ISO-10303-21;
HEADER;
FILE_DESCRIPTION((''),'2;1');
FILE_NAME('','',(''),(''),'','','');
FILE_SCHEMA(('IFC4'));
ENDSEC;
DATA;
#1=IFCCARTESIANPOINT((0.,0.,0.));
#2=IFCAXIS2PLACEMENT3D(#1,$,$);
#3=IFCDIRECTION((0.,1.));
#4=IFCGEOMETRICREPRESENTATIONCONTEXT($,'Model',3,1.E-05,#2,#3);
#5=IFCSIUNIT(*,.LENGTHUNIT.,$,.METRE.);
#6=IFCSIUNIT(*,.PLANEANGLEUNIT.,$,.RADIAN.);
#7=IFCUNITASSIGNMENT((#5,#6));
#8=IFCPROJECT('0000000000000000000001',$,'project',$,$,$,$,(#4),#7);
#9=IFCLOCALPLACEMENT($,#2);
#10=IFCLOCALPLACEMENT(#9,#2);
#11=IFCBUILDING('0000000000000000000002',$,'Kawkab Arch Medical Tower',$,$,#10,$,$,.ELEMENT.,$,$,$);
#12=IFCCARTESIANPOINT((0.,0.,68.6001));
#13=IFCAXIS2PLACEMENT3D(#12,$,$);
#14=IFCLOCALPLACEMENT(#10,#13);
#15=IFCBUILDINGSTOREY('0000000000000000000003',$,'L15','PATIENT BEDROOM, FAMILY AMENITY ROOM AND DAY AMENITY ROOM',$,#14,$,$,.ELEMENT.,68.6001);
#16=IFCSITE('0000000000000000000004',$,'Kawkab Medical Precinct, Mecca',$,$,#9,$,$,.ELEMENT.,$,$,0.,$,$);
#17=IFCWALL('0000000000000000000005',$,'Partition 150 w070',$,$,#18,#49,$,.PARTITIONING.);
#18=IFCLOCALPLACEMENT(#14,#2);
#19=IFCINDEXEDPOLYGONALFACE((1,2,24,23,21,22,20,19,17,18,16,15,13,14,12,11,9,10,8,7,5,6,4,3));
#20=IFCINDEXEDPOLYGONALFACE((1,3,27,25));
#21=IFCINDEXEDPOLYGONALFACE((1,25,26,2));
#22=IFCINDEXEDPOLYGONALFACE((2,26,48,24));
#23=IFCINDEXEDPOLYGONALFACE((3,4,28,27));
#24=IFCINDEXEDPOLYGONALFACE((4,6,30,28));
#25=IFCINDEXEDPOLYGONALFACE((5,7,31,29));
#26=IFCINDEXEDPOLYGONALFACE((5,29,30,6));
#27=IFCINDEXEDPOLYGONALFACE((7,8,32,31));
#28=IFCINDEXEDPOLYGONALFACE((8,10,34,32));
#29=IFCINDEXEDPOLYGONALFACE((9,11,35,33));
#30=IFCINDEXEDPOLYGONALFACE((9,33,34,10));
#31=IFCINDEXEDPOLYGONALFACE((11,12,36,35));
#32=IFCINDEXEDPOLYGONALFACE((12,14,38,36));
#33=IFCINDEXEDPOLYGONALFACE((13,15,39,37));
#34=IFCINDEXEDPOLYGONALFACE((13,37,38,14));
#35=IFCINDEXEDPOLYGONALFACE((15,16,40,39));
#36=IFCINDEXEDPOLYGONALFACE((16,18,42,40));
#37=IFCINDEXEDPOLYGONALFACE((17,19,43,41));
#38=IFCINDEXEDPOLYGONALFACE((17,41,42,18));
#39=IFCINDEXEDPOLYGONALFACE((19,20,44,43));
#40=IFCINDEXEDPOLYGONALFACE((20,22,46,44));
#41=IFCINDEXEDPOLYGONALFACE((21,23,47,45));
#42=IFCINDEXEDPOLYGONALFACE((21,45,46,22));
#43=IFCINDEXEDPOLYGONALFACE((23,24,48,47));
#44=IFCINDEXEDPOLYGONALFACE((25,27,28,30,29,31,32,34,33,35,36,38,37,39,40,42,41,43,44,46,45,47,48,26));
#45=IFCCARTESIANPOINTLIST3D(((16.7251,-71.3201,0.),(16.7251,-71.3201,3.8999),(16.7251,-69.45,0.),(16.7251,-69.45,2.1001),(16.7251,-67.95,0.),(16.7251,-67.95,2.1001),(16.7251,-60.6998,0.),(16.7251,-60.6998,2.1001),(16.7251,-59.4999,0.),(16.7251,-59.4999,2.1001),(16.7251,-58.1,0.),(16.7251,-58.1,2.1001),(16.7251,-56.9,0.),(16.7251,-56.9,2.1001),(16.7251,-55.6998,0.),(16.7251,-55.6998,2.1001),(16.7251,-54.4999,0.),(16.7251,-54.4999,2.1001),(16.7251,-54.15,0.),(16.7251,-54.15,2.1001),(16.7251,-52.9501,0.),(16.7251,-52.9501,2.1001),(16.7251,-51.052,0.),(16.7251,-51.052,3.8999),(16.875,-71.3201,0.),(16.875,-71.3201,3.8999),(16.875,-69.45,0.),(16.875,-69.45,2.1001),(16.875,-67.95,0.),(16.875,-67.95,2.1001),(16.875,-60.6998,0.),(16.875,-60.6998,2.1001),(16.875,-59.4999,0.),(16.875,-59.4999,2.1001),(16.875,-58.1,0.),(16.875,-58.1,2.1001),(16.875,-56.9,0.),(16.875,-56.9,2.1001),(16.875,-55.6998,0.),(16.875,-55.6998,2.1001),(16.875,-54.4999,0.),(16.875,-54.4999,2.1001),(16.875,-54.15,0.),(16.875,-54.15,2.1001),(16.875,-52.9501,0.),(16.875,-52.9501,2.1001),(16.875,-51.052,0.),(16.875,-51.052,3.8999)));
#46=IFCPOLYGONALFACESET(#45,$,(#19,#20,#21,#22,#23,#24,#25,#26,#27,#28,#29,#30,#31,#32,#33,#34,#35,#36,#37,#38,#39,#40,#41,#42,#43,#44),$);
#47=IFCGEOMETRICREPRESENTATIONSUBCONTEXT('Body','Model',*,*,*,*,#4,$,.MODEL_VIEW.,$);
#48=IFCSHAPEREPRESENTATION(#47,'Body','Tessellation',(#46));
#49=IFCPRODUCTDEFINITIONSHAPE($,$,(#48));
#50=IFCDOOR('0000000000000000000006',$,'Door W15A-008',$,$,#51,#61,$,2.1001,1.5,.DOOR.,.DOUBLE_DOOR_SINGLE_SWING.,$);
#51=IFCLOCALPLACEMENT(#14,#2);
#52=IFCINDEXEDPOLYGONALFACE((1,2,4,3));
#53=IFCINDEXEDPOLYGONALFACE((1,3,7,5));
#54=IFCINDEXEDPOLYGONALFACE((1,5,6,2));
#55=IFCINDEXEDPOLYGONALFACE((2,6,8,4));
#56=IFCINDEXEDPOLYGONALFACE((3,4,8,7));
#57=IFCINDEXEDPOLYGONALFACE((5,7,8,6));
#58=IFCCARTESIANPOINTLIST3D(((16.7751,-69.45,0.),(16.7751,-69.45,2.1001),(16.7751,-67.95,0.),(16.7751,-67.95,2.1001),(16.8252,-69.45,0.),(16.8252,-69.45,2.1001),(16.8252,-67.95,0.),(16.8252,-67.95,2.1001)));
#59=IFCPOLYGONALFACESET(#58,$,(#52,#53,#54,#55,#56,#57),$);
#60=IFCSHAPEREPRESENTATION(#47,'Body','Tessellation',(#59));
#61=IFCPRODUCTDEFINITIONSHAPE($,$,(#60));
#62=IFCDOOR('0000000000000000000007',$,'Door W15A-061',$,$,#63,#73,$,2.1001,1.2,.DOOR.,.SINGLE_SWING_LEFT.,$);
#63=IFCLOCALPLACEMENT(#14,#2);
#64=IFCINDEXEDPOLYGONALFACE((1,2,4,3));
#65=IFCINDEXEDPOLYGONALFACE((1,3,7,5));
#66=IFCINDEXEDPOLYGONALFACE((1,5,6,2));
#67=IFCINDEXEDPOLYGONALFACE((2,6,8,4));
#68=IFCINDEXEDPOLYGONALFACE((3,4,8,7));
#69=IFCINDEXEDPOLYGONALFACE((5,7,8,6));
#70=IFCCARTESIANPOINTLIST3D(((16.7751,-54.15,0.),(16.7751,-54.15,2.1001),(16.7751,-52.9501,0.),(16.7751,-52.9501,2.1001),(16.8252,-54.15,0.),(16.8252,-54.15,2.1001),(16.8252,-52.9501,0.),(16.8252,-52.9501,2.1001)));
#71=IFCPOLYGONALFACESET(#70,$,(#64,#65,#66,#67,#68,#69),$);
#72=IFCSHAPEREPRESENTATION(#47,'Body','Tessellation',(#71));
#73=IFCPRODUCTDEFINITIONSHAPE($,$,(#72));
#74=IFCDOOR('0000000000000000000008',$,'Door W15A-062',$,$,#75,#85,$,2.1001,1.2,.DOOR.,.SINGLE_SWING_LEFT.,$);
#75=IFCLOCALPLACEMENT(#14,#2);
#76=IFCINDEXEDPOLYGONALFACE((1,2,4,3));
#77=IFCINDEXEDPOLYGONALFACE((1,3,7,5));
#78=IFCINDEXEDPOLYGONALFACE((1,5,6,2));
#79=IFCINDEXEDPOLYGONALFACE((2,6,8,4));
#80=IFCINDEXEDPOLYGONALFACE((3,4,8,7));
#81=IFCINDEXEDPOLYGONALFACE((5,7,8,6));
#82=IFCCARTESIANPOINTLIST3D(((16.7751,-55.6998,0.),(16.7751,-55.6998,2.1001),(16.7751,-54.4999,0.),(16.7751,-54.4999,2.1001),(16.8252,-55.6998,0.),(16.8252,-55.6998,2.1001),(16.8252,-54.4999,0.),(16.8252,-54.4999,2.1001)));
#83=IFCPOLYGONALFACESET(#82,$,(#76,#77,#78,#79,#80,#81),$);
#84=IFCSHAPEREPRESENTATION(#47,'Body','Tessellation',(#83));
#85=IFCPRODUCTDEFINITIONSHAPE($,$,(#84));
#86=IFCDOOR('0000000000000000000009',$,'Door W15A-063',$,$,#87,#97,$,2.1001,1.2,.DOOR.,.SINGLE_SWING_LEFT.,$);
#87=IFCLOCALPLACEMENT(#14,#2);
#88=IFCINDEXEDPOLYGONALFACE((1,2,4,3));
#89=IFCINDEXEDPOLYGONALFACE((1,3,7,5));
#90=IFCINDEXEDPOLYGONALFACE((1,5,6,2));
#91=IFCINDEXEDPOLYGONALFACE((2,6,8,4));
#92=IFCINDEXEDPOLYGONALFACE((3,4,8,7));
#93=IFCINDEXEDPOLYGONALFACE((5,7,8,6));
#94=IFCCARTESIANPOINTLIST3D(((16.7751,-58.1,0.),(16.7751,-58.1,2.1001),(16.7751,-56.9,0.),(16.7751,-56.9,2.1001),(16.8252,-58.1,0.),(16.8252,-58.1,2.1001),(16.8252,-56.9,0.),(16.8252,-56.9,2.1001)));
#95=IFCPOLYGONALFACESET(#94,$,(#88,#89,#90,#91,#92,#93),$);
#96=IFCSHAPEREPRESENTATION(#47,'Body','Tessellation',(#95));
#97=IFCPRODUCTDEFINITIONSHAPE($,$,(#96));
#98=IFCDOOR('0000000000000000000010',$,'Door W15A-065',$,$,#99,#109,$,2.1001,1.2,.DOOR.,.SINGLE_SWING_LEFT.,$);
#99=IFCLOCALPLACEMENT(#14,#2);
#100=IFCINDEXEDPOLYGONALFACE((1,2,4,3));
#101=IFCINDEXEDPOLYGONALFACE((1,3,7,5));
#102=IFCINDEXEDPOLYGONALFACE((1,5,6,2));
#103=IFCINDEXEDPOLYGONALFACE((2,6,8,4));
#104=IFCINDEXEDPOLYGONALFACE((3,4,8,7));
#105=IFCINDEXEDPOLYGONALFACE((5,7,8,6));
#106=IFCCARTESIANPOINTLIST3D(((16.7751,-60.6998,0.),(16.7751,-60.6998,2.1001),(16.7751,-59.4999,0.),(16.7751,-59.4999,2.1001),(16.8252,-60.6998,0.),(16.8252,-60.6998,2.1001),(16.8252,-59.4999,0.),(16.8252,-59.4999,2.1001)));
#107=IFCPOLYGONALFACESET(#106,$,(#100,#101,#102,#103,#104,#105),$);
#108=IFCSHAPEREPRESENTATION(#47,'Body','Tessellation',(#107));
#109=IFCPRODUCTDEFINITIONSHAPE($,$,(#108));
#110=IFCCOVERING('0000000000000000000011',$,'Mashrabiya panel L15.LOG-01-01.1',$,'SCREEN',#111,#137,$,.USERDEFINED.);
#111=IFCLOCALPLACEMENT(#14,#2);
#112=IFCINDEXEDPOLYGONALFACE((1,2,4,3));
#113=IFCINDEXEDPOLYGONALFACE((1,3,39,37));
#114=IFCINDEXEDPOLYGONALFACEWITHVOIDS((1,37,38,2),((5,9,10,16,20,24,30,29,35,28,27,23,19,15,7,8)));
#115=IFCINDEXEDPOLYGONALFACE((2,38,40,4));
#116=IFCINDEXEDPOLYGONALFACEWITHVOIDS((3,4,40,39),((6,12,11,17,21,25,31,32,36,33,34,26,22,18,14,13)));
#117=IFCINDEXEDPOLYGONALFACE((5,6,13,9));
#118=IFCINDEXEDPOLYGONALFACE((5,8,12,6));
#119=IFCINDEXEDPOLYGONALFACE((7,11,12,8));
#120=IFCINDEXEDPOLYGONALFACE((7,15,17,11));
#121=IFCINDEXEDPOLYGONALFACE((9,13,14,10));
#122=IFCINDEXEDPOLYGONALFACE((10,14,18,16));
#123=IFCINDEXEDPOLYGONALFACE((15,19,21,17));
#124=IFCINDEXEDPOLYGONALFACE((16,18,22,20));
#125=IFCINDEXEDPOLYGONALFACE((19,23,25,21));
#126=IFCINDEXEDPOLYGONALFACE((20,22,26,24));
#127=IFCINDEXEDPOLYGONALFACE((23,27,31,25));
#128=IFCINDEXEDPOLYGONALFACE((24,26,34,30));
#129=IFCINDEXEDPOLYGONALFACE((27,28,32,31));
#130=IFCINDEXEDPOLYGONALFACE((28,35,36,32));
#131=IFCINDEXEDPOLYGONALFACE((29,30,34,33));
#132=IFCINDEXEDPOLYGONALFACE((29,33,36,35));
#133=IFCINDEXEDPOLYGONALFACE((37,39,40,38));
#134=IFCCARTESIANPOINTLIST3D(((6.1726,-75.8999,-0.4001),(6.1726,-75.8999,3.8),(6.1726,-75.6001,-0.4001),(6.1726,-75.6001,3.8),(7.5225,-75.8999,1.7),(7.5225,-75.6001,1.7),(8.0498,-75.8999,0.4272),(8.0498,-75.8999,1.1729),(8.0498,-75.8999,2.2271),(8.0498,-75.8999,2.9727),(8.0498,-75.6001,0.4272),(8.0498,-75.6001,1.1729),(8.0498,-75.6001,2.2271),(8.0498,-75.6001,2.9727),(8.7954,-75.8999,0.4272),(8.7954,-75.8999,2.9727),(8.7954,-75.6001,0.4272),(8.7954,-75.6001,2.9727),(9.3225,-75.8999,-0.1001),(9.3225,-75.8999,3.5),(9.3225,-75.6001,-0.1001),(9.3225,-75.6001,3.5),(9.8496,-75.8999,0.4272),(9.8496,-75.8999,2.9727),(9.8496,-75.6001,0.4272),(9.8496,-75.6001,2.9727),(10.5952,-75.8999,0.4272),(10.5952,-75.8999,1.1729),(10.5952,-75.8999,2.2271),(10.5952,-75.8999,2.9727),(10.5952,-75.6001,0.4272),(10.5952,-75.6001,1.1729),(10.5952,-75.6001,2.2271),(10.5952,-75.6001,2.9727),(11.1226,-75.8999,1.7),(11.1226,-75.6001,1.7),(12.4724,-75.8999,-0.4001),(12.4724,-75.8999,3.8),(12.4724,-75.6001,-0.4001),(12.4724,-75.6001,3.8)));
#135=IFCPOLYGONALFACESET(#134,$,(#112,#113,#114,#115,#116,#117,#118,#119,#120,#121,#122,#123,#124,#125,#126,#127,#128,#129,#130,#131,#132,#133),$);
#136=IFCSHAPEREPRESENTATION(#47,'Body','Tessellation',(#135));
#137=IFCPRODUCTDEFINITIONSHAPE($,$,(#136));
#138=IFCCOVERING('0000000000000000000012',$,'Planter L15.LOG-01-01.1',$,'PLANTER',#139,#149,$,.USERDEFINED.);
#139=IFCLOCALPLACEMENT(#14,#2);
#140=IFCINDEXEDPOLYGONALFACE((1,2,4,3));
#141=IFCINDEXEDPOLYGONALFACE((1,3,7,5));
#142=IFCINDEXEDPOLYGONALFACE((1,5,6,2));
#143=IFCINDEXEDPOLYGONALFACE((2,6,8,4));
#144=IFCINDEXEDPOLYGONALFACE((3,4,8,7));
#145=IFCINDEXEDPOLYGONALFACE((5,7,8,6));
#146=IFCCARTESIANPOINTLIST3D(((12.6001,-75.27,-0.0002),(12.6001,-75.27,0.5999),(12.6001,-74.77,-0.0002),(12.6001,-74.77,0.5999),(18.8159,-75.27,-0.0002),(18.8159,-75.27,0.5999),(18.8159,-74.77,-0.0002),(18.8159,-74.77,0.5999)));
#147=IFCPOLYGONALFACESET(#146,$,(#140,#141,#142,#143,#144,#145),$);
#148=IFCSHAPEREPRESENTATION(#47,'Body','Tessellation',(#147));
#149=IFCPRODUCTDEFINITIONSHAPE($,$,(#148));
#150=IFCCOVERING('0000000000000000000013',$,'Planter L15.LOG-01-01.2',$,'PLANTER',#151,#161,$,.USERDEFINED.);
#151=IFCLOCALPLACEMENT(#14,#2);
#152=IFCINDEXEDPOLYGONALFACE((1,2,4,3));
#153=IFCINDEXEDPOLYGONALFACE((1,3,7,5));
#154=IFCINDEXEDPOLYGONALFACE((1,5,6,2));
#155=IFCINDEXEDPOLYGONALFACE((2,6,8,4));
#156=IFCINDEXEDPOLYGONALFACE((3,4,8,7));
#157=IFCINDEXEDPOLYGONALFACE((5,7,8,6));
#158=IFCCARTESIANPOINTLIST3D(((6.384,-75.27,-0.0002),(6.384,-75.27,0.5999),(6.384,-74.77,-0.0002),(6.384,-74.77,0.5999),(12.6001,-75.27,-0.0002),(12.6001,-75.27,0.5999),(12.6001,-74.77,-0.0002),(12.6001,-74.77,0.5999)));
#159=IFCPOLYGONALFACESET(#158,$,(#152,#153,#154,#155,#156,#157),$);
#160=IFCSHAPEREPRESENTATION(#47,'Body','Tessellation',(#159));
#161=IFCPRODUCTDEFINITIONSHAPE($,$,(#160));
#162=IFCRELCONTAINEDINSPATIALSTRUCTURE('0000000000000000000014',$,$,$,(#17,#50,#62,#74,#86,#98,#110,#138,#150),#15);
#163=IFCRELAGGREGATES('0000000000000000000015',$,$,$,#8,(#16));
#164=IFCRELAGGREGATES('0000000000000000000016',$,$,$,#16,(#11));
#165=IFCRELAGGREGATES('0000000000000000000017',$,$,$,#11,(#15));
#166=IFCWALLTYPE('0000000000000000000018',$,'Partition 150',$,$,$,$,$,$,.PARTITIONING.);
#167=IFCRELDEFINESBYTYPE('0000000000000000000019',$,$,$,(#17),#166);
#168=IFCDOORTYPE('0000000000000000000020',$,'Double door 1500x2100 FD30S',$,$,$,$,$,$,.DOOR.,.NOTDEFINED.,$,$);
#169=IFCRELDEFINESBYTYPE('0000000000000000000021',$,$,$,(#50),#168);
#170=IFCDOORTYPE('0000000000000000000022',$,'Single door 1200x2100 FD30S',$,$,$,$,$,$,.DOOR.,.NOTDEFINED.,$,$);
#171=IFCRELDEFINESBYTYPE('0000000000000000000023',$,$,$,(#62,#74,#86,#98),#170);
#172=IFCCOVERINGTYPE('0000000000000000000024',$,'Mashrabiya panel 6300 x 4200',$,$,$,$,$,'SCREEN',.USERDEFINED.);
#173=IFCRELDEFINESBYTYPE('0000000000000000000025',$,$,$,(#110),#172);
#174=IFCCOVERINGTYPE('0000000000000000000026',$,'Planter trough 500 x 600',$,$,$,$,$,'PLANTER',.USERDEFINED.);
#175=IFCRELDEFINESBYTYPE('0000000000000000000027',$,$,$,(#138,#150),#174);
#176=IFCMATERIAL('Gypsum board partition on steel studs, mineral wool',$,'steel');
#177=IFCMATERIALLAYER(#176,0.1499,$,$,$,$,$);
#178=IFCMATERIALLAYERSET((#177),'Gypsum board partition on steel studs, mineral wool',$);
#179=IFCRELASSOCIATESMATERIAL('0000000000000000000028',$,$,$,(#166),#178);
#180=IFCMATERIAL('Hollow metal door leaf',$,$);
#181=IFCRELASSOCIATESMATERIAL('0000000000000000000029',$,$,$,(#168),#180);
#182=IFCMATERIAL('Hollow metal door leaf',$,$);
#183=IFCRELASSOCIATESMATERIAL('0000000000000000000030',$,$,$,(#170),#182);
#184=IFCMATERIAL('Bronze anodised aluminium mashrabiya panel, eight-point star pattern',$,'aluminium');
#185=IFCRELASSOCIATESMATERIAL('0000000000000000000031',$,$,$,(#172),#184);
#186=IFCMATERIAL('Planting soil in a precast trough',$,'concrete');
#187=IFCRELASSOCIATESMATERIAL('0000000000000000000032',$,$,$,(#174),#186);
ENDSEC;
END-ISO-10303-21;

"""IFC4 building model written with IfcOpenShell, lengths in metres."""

from ifc_helpers import new_model, si_unit, direction, frame, frame_2d, origin, origin_2d, place, context, subcontext, project, spatial, polyline, rectangle, outline, extrude, material, layer, layer_set, material_profile, profile_set, type_object, element, fill, save


model = new_model("IFC4")

# Units and contexts
model_context = context("Model", 3, precision=1e-05, world=origin(), true_north=direction((0.0, 1.0)))
body_context = subcontext(model_context, "Body", "Model", "MODEL_VIEW")
ifc_project = project(units=[si_unit("LENGTHUNIT", "METRE"), si_unit("PLANEANGLEUNIT", "RADIAN")], contexts=[model_context])

# Site, building, storey
site_placement = place(None, origin())
site = spatial("IfcSite", under=ifc_project, at=site_placement, Name="Kawkab Medical Precinct, Mecca", CompositionType="ELEMENT", RefElevation=0.0)
building_placement = place(site_placement, origin())
building = spatial("IfcBuilding", under=site, at=building_placement, Name="Kawkab Arch Medical Tower", CompositionType="ELEMENT")
storey_placement = place(building_placement, frame((0.0, 0.0, 68.6001)))
storey = spatial("IfcBuildingStorey", under=building, at=storey_placement, Name="L15", Description="PATIENT BEDROOM, FAMILY AMENITY ROOM AND DAY AMENITY ROOM", CompositionType="ELEMENT", Elevation=68.6001)

# Shared definitions
ifc_material_1 = material(Name="Gypsum board partition on steel studs, mineral wool", Category="steel")
ifc_layer_1 = layer(ifc_material_1, 0.1499)
ifc_layer_set_1 = layer_set([ifc_layer_1], Name="Gypsum board partition on steel studs, mineral wool")
wall_type_1 = type_object("IfcWallType", Name="Partition 150", PredefinedType="PARTITIONING", material=ifc_layer_set_1)

# Wall, openings, doors
wall_1_placement = place(storey_placement, frame((16.8, -71.3201, 0.0), z_axis=(0.0, 0.0, 1.0), x_axis=(0.0, 1.0, 0.0)))
wall_1 = element("IfcWall", 1, at=wall_1_placement, inside=storey, type_object=wall_type_1, Name="Partition 150 w070", PredefinedType="PARTITIONING", context=body_context, shape_type="SweptSolid", body=[
    extrude(rectangle(XDim=20.2681, YDim=0.1499, at=frame_2d((10.134, 0.0))), origin(), (0.0, 0.0, 1.0), 3.8999),
])
opening_1_placement = place(wall_1_placement, frame((17.1699, 0.0, 0.0)))
opening_1 = element("IfcOpeningElement", 2, at=opening_1_placement, cuts=wall_1, PredefinedType="OPENING", context=body_context, shape_type="SweptSolid", body=[
    extrude(rectangle(XDim=1.2, YDim=2.1001, at=frame_2d((0.6001, 1.05))), frame((0.0, 0.085, 0.0), z_axis=(0.0, -1.0, 0.0), x_axis=(1.0, 0.0, 0.0)), (0.0, 0.0, 1.0), 0.1699),
])
opening_2_placement = place(wall_1_placement, frame((15.6201, 0.0, 0.0)))
opening_2 = element("IfcOpeningElement", 3, at=opening_2_placement, cuts=wall_1, PredefinedType="OPENING", context=body_context, shape_type="SweptSolid", body=[
    extrude(rectangle(XDim=1.2, YDim=2.1001, at=frame_2d((0.6001, 1.05))), frame((0.0, 0.085, 0.0), z_axis=(0.0, -1.0, 0.0), x_axis=(1.0, 0.0, 0.0)), (0.0, 0.0, 1.0), 0.1699),
])
opening_3_placement = place(wall_1_placement, frame((13.22, 0.0, 0.0)))
opening_3 = element("IfcOpeningElement", 4, at=opening_3_placement, cuts=wall_1, PredefinedType="OPENING", context=body_context, shape_type="SweptSolid", body=[
    extrude(rectangle(XDim=1.2, YDim=2.1001, at=frame_2d((0.6001, 1.05))), frame((0.0, 0.085, 0.0), z_axis=(0.0, -1.0, 0.0), x_axis=(1.0, 0.0, 0.0)), (0.0, 0.0, 1.0), 0.1699),
])
opening_4_placement = place(wall_1_placement, frame((10.6201, 0.0, 0.0)))
opening_4 = element("IfcOpeningElement", 5, at=opening_4_placement, cuts=wall_1, PredefinedType="OPENING", context=body_context, shape_type="SweptSolid", body=[
    extrude(rectangle(XDim=1.2, YDim=2.1001, at=frame_2d((0.6001, 1.05))), frame((0.0, 0.085, 0.0), z_axis=(0.0, -1.0, 0.0), x_axis=(1.0, 0.0, 0.0)), (0.0, 0.0, 1.0), 0.1699),
])
opening_5_placement = place(wall_1_placement, frame((1.8701, 0.0, 0.0)))
opening_5 = element("IfcOpeningElement", 6, at=opening_5_placement, cuts=wall_1, PredefinedType="OPENING", context=body_context, shape_type="SweptSolid", body=[
    extrude(rectangle(XDim=1.5, YDim=2.1001, at=frame_2d((0.75, 1.05))), frame((0.0, 0.085, 0.0), z_axis=(0.0, -1.0, 0.0), x_axis=(1.0, 0.0, 0.0)), (0.0, 0.0, 1.0), 0.1699),
])
ifc_material_2 = material(Name="Hollow metal door leaf")
door_type_1 = type_object("IfcDoorType", Name="Double door 1500x2100 FD30S", OperationType="NOTDEFINED", PredefinedType="DOOR", material=ifc_material_2)
door_1_placement = place(opening_5_placement, origin())
door_1 = element("IfcDoor", 7, at=door_1_placement, inside=storey, type_object=door_type_1, Name="Door W15A-008", OperationType="DOUBLE_DOOR_SINGLE_SWING", OverallHeight=2.1001, OverallWidth=1.5, PredefinedType="DOOR", context=body_context, shape_type="SweptSolid", body=[
    extrude(rectangle(XDim=1.5, YDim=2.1001, at=frame_2d((0.75, 1.05))), frame((0.0, 0.0249, 0.0), z_axis=(0.0, -1.0, 0.0), x_axis=(1.0, 0.0, 0.0)), (0.0, 0.0, 1.0), 0.05),
])
fill(opening_5, door_1)
ifc_material_3 = material(Name="Hollow metal door leaf")
door_type_2 = type_object("IfcDoorType", Name="Single door 1200x2100 FD30S", OperationType="NOTDEFINED", PredefinedType="DOOR", material=ifc_material_3)
door_2_placement = place(opening_1_placement, origin())
door_2 = element("IfcDoor", 8, at=door_2_placement, inside=storey, type_object=door_type_2, Name="Door W15A-061", OperationType="SINGLE_SWING_LEFT", OverallHeight=2.1001, OverallWidth=1.2, PredefinedType="DOOR", context=body_context, shape_type="SweptSolid", body=[
    extrude(rectangle(XDim=1.2, YDim=2.1001, at=frame_2d((0.6001, 1.05))), frame((0.0, 0.0249, 0.0), z_axis=(0.0, -1.0, 0.0), x_axis=(1.0, 0.0, 0.0)), (0.0, 0.0, 1.0), 0.05),
])
fill(opening_1, door_2)
door_3_placement = place(opening_2_placement, origin())
door_3 = element("IfcDoor", 9, at=door_3_placement, inside=storey, type_object=door_type_2, Name="Door W15A-062", OperationType="SINGLE_SWING_LEFT", OverallHeight=2.1001, OverallWidth=1.2, PredefinedType="DOOR", context=body_context, shape_type="SweptSolid", body=[
    extrude(rectangle(XDim=1.2, YDim=2.1001, at=frame_2d((0.6001, 1.05))), frame((0.0, 0.0249, 0.0), z_axis=(0.0, -1.0, 0.0), x_axis=(1.0, 0.0, 0.0)), (0.0, 0.0, 1.0), 0.05),
])
fill(opening_2, door_3)
door_4_placement = place(opening_3_placement, origin())
door_4 = element("IfcDoor", 10, at=door_4_placement, inside=storey, type_object=door_type_2, Name="Door W15A-063", OperationType="SINGLE_SWING_LEFT", OverallHeight=2.1001, OverallWidth=1.2, PredefinedType="DOOR", context=body_context, shape_type="SweptSolid", body=[
    extrude(rectangle(XDim=1.2, YDim=2.1001, at=frame_2d((0.6001, 1.05))), frame((0.0, 0.0249, 0.0), z_axis=(0.0, -1.0, 0.0), x_axis=(1.0, 0.0, 0.0)), (0.0, 0.0, 1.0), 0.05),
])
fill(opening_3, door_4)
door_5_placement = place(opening_4_placement, origin())
door_5 = element("IfcDoor", 11, at=door_5_placement, inside=storey, type_object=door_type_2, Name="Door W15A-065", OperationType="SINGLE_SWING_LEFT", OverallHeight=2.1001, OverallWidth=1.2, PredefinedType="DOOR", context=body_context, shape_type="SweptSolid", body=[
    extrude(rectangle(XDim=1.2, YDim=2.1001, at=frame_2d((0.6001, 1.05))), frame((0.0, 0.0249, 0.0), z_axis=(0.0, -1.0, 0.0), x_axis=(1.0, 0.0, 0.0)), (0.0, 0.0, 1.0), 0.05),
])
fill(opening_4, door_5)

# Coverings
ifc_material_4 = material(Name="Bronze anodised aluminium mashrabiya panel, eight-point star pattern", Category="aluminium")
ifc_material_profile_1 = material_profile(ifc_material_4, outline(polyline([(-3.1499, -2.1001), (3.1499, -2.1001), (3.1499, 2.1001), (-3.1499, 2.1001), (-3.1499, -2.1001)]), holes=[polyline([(1.8, 0.0), (1.2727, 0.5271), (1.2727, 1.2727), (0.5271, 1.2727), (0.0, 1.8), (-0.5271, 1.2727), (-1.2727, 1.2727), (-1.2727, 0.5271), (-1.8, 0.0), (-1.2727, -0.5271), (-1.2727, -1.2727), (-0.5271, -1.2727), (0.0, -1.8), (0.5271, -1.2727), (1.2727, -1.2727), (1.2727, -0.5271), (1.8, 0.0)])]), Name="Mashrabiya panel 6300x4200")
ifc_profile_set_1 = profile_set([ifc_material_profile_1], Name="Bronze anodised aluminium mashrabiya panel, eight-point star pattern")
covering_type_1 = type_object("IfcCoveringType", Name="Mashrabiya panel 6300 x 4200", ElementType="SCREEN", PredefinedType="USERDEFINED", material=ifc_profile_set_1)
covering_1_placement = place(storey_placement, frame((9.3225, -75.6001, 1.7), z_axis=(0.0, -1.0, 0.0), x_axis=(1.0, 0.0, 0.0)))
element("IfcCovering", 12, at=covering_1_placement, inside=storey, type_object=covering_type_1, Name="Mashrabiya panel L15.LOG-01-01.1", ObjectType="SCREEN", PredefinedType="USERDEFINED", context=body_context, shape_type="SweptSolid", body=[
    extrude(outline(polyline([(-3.1499, -2.1001), (3.1499, -2.1001), (3.1499, 2.1001), (-3.1499, 2.1001), (-3.1499, -2.1001)]), holes=[polyline([(1.8, 0.0), (1.2727, 0.5271), (1.2727, 1.2727), (0.5271, 1.2727), (0.0, 1.8), (-0.5271, 1.2727), (-1.2727, 1.2727), (-1.2727, 0.5271), (-1.8, 0.0), (-1.2727, -0.5271), (-1.2727, -1.2727), (-0.5271, -1.2727), (0.0, -1.8), (0.5271, -1.2727), (1.2727, -1.2727), (1.2727, -0.5271), (1.8, 0.0)])]), origin(), (0.0, 0.0, 1.0), 0.2998),
])
ifc_material_5 = material(Name="Planting soil in a precast trough", Category="concrete")
ifc_material_profile_2 = material_profile(ifc_material_5, rectangle(XDim=0.5, YDim=0.6001, at=origin_2d()), Name="Trough 500x600")
ifc_profile_set_2 = profile_set([ifc_material_profile_2], Name="Planting soil in a precast trough")
covering_type_2 = type_object("IfcCoveringType", Name="Planter trough 500 x 600", ElementType="PLANTER", PredefinedType="USERDEFINED", material=ifc_profile_set_2)
covering_2_placement = place(storey_placement, frame((18.8159, -75.02, 0.2998), z_axis=(-1.0, 0.0, 0.0), x_axis=(0.0, -1.0, 0.0)))
element("IfcCovering", 13, at=covering_2_placement, inside=storey, type_object=covering_type_2, Name="Planter L15.LOG-01-01.1", ObjectType="PLANTER", PredefinedType="USERDEFINED", context=body_context, shape_type="SweptSolid", body=[
    extrude(rectangle(XDim=0.5, YDim=0.6001, at=origin_2d()), origin(), (0.0, 0.0, 1.0), 6.2158),
])
covering_3_placement = place(storey_placement, frame((12.6001, -75.02, 0.2998), z_axis=(-1.0, 0.0, 0.0), x_axis=(0.0, -1.0, 0.0)))
element("IfcCovering", 14, at=covering_3_placement, inside=storey, type_object=covering_type_2, Name="Planter L15.LOG-01-01.2", ObjectType="PLANTER", PredefinedType="USERDEFINED", context=body_context, shape_type="SweptSolid", body=[
    extrude(rectangle(XDim=0.5, YDim=0.6001, at=origin_2d()), origin(), (0.0, 0.0, 1.0), 6.2161),
])

save(model, "model.ifc")
